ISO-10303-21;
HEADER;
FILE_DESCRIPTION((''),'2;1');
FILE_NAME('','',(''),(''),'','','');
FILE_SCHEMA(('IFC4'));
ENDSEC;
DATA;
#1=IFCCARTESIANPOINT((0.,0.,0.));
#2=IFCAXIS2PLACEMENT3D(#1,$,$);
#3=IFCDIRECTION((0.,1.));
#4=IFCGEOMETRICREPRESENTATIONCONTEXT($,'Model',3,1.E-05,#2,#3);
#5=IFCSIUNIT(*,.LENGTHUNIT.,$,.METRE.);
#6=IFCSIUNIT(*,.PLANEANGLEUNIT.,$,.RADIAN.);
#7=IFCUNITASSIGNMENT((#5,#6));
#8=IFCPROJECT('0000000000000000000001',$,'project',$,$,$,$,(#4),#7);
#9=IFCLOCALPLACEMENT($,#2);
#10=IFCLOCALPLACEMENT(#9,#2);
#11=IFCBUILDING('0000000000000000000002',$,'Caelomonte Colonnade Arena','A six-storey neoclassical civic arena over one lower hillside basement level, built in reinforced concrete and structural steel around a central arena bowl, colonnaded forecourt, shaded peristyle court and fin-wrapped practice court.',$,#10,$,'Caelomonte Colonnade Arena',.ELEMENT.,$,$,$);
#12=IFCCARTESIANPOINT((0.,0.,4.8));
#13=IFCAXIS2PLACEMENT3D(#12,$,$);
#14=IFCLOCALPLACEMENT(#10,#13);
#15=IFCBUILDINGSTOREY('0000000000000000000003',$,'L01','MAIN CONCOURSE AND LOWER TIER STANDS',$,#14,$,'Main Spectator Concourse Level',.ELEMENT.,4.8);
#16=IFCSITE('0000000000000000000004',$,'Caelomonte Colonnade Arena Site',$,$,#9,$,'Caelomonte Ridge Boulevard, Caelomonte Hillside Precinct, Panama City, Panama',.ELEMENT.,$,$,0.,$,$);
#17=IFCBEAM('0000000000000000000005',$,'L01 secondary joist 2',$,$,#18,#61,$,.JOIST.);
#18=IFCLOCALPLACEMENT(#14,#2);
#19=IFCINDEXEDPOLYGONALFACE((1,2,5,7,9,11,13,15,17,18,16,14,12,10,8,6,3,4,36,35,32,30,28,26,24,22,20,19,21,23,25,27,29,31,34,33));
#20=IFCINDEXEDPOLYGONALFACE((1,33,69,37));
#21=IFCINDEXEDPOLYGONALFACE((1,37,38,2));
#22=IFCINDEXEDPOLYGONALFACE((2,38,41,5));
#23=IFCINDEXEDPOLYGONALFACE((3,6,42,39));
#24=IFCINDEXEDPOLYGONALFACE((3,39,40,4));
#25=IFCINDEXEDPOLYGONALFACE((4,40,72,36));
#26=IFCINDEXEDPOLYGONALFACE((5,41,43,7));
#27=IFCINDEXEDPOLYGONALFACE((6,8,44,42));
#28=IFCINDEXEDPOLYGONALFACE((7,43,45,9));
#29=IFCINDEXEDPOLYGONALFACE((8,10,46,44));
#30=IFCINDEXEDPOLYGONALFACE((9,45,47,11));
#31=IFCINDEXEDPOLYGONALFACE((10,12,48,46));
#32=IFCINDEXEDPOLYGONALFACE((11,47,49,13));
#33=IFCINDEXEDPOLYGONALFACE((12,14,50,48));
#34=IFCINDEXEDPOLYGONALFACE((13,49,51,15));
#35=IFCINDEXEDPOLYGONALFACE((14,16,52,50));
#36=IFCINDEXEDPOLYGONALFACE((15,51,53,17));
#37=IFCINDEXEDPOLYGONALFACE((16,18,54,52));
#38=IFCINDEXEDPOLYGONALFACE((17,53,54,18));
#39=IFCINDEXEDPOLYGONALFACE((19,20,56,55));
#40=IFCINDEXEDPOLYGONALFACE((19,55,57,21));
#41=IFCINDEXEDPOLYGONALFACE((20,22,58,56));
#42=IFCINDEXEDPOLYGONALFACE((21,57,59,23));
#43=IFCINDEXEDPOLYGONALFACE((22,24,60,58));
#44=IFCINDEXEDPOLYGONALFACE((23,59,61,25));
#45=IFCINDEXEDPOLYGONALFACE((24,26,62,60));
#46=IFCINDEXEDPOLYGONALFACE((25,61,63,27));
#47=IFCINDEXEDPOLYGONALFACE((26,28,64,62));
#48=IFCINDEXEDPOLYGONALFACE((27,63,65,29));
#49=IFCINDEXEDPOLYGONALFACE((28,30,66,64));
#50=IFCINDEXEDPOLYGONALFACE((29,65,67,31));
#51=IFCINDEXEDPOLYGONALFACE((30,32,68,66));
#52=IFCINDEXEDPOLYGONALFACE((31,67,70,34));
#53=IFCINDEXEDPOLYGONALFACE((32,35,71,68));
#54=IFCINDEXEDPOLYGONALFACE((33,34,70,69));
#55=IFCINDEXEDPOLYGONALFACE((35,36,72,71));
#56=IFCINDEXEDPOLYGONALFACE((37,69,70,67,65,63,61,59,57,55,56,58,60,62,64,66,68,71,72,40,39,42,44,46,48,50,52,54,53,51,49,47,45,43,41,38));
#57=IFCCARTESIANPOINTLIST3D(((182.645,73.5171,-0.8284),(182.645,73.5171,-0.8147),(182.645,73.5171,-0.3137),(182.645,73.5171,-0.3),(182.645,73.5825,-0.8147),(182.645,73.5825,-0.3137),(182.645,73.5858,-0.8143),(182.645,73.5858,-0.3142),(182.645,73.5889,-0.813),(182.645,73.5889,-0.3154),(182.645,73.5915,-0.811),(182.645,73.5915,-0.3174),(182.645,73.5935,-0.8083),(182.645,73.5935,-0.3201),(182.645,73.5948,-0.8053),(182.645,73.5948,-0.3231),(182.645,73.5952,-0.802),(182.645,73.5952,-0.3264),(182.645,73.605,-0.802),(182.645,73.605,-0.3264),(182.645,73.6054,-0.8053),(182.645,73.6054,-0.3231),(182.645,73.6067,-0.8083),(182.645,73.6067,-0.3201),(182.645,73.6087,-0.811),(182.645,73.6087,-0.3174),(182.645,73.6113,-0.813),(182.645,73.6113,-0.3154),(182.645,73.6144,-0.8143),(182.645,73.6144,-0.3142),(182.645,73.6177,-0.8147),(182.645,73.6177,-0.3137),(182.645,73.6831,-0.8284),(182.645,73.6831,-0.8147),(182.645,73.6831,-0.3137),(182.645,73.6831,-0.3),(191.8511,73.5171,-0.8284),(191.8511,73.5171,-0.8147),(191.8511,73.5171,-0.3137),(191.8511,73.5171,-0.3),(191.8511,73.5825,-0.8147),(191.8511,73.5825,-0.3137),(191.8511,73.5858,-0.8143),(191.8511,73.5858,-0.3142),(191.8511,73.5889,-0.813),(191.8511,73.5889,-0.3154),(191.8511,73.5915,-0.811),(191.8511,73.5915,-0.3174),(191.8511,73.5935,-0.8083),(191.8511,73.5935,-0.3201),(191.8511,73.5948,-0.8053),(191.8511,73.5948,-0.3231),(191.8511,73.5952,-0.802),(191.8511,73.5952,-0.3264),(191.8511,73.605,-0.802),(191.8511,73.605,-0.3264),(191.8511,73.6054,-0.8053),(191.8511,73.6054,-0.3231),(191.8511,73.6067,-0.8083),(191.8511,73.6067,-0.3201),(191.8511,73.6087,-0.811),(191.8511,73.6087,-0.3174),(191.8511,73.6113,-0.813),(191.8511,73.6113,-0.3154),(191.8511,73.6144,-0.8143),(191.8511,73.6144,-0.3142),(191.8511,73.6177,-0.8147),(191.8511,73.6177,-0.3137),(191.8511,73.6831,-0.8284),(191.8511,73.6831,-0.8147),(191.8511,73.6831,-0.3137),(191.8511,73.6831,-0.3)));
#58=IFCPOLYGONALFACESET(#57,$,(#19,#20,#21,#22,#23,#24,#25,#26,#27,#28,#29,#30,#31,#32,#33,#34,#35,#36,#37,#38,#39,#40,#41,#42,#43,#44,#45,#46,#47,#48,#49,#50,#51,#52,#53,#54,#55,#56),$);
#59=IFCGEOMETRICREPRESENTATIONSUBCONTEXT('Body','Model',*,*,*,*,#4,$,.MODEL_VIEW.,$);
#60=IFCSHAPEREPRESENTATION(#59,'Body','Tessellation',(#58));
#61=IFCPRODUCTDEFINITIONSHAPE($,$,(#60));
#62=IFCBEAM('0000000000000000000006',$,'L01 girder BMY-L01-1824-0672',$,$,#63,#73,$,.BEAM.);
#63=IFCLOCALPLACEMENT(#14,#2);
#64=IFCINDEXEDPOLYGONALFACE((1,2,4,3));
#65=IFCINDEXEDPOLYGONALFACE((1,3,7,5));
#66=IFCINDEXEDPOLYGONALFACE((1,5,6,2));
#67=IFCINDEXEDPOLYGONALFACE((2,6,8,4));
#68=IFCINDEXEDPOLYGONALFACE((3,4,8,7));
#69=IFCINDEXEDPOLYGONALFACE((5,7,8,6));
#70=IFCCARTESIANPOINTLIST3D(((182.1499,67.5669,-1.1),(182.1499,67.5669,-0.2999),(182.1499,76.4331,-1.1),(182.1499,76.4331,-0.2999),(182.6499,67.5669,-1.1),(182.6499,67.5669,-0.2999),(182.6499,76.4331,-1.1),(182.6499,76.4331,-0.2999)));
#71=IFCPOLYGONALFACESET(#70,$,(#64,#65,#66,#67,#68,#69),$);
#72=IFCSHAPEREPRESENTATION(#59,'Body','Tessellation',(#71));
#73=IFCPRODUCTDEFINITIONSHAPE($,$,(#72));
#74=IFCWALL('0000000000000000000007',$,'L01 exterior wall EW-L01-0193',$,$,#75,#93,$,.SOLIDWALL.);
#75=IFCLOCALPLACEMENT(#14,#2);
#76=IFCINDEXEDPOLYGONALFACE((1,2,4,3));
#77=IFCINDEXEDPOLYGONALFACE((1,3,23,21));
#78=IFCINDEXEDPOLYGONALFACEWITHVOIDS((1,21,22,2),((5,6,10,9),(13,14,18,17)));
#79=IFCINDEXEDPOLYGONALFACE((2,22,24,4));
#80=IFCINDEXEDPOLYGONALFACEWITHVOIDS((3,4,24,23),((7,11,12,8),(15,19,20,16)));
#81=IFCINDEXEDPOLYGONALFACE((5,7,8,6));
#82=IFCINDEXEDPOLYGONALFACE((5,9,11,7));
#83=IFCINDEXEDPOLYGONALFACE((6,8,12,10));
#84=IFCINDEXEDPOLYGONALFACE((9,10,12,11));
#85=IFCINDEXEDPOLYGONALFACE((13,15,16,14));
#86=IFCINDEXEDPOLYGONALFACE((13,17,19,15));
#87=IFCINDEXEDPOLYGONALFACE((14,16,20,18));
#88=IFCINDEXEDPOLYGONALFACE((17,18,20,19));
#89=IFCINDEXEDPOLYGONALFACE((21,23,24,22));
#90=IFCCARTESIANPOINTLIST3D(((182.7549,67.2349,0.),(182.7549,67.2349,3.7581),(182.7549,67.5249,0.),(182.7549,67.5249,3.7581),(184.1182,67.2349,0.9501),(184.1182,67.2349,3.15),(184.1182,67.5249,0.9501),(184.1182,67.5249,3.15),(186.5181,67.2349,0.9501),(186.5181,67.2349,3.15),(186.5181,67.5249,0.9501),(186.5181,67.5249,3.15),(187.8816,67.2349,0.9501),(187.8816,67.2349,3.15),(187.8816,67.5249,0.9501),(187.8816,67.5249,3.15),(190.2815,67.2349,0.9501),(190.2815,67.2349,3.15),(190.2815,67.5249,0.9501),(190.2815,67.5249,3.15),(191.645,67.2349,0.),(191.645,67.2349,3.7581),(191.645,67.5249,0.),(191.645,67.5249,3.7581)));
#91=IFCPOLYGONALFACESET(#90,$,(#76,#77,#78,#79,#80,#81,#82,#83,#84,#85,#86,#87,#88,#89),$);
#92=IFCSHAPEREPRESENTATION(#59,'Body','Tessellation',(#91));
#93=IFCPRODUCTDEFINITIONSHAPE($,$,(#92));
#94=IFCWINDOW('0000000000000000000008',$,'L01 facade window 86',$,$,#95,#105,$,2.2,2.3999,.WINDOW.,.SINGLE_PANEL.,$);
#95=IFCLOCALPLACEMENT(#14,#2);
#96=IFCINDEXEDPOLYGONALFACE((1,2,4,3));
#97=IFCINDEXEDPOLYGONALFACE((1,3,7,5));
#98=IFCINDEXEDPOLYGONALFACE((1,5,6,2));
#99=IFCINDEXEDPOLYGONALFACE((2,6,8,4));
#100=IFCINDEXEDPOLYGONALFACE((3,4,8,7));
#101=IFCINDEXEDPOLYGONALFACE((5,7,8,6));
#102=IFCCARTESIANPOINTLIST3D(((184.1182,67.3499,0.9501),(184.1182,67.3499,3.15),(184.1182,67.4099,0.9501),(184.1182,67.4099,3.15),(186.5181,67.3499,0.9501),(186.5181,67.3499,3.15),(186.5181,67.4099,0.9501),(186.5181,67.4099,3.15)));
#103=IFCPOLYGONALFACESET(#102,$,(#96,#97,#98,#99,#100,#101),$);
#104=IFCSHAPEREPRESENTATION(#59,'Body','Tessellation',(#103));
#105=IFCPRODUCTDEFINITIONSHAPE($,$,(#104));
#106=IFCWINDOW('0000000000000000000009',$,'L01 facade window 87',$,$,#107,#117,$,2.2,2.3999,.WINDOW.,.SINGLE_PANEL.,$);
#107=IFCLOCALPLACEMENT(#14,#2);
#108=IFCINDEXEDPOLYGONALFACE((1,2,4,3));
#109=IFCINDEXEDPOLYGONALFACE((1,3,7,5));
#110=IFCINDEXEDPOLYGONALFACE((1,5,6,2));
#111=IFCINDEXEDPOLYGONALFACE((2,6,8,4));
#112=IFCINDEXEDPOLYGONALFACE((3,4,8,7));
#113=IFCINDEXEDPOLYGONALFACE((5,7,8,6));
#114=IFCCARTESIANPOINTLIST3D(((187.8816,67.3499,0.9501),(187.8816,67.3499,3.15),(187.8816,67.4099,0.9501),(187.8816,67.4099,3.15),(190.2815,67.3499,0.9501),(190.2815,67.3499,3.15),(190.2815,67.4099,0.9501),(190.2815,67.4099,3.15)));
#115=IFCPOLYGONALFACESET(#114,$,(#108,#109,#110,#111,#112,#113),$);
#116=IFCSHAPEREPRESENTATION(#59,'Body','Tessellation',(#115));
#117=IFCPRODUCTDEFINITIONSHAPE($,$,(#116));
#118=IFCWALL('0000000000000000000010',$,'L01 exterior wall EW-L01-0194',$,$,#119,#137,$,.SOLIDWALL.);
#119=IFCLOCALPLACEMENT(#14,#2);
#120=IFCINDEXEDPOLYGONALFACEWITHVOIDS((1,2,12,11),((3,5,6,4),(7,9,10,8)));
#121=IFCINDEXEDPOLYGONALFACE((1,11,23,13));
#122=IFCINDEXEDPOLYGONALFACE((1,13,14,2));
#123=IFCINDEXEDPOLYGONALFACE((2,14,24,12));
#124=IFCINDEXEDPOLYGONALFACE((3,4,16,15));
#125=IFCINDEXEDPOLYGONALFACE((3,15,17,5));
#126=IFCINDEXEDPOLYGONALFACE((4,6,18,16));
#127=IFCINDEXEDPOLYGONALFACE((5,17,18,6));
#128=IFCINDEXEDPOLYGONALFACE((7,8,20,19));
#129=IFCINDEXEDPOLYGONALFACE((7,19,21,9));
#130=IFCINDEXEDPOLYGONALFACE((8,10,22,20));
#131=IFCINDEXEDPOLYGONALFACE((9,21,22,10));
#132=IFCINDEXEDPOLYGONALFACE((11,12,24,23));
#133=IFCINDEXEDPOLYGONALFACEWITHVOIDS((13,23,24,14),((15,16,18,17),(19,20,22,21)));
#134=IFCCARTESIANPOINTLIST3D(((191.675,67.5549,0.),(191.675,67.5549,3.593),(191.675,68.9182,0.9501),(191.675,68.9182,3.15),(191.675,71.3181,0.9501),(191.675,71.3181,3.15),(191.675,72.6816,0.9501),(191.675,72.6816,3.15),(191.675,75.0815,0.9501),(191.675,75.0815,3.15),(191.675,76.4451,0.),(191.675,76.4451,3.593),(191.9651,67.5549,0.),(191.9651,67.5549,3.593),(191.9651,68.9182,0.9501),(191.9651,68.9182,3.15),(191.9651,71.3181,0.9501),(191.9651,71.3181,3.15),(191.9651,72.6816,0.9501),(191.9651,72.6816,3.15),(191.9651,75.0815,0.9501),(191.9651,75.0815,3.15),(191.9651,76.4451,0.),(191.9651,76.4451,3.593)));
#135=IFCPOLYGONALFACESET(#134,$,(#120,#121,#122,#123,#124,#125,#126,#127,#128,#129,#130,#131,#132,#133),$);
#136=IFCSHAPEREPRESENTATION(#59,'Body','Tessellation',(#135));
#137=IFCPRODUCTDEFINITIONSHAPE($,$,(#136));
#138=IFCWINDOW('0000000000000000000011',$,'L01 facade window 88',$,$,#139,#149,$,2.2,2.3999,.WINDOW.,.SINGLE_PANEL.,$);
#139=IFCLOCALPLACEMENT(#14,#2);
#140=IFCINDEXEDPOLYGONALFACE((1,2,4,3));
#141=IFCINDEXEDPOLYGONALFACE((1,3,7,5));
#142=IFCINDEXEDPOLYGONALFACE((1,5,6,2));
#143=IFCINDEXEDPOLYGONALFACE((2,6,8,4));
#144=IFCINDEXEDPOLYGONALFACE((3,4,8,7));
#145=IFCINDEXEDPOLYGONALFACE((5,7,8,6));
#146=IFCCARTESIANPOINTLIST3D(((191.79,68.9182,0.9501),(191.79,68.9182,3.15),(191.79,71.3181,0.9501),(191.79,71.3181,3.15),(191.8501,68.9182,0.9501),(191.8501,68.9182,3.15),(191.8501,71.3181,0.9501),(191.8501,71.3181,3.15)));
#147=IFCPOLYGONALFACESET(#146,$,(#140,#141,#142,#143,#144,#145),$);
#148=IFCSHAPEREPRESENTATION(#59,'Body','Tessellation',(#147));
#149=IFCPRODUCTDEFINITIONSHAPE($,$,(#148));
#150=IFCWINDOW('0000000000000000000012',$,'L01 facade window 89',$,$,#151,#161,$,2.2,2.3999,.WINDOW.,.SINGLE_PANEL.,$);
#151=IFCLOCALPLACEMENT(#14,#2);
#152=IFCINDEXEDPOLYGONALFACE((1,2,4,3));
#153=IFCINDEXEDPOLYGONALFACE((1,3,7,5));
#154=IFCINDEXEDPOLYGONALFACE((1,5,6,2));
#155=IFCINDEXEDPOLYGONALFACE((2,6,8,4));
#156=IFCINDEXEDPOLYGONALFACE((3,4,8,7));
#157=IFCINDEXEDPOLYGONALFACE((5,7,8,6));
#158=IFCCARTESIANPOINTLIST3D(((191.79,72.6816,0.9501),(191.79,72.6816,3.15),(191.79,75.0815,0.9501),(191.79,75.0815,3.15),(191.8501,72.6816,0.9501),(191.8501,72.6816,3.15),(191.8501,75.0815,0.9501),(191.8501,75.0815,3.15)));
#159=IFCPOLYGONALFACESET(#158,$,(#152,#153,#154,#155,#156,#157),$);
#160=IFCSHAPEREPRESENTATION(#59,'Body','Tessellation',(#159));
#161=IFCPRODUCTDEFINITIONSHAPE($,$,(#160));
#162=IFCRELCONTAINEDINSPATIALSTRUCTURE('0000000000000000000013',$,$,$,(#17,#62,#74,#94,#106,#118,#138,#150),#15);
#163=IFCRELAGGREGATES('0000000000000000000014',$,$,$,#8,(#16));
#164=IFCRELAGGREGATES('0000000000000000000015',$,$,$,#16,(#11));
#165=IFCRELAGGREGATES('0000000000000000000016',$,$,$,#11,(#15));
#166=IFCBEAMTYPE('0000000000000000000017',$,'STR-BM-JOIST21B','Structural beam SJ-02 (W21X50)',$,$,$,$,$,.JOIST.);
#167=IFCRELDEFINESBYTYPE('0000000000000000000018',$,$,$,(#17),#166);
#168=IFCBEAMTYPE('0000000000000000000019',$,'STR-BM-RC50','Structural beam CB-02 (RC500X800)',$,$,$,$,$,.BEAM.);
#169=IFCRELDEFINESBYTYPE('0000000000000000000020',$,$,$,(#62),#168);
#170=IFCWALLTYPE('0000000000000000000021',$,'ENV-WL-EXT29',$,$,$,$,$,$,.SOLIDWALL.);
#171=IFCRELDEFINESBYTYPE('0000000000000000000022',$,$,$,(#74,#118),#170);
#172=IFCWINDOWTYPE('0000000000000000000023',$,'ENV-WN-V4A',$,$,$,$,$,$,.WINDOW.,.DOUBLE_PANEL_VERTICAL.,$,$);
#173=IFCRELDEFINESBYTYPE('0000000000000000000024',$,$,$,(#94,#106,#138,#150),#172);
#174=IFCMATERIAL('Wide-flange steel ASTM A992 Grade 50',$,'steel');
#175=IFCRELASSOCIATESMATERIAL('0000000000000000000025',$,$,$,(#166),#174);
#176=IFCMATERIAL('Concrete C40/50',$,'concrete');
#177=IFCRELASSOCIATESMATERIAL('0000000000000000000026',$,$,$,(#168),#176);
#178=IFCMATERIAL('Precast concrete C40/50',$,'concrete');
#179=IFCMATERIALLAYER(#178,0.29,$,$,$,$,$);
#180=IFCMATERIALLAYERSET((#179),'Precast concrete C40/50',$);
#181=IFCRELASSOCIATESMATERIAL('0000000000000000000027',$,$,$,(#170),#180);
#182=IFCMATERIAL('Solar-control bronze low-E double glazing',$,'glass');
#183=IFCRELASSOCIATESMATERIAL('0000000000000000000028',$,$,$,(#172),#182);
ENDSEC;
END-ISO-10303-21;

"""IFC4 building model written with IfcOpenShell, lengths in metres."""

from ifc_helpers import new_model, si_unit, direction, frame, frame_2d, origin, origin_2d, place, context, subcontext, project, spatial, rectangle, i_section, extrude, material, layer, layer_set, material_profile, profile_set, type_object, element, fill, save


model = new_model("IFC4")

# Units and contexts
model_context = context("Model", 3, precision=1e-05, world=origin(), true_north=direction((0.0, 1.0)))
body_context = subcontext(model_context, "Body", "Model", "MODEL_VIEW")
ifc_project = project(units=[si_unit("LENGTHUNIT", "METRE"), si_unit("PLANEANGLEUNIT", "RADIAN")], contexts=[model_context])

# Site, building, storey
site_placement = place(None, origin())
site = spatial("IfcSite", under=ifc_project, at=site_placement, Name="Caelomonte Colonnade Arena Site", LongName="Caelomonte Ridge Boulevard, Caelomonte Hillside Precinct, Panama City, Panama", CompositionType="ELEMENT", RefElevation=0.0)
building_placement = place(site_placement, origin())
building = spatial("IfcBuilding", under=site, at=building_placement, Name="Caelomonte Colonnade Arena", Description="A six-storey neoclassical civic arena over one lower hillside basement level, built in reinforced concrete and structural steel around a central arena bowl, colonnaded forecourt, shaded peristyle court and fin-wrapped practice court.", LongName="Caelomonte Colonnade Arena", CompositionType="ELEMENT")
storey_placement = place(building_placement, frame((0.0, 0.0, 4.8)))
storey = spatial("IfcBuildingStorey", under=building, at=storey_placement, Name="L01", Description="MAIN CONCOURSE AND LOWER TIER STANDS", LongName="Main Spectator Concourse Level", CompositionType="ELEMENT", Elevation=4.8)

# Shared definitions
ifc_material_1 = material(Name="Concrete C40/50", Category="concrete")

# Beams
ifc_material_2 = material(Name="Wide-flange steel ASTM A992 Grade 50", Category="steel")
ifc_material_profile_1 = material_profile(ifc_material_2, i_section(OverallWidth=0.166, OverallDepth=0.5283, WebThickness=0.0098, FlangeThickness=0.0137, FilletRadius=0.0127, at=origin_2d()), Name="W21X50")
ifc_profile_set_1 = profile_set([ifc_material_profile_1], Name="Wide-flange steel ASTM A992 Grade 50")
beam_type_1 = type_object("IfcBeamType", Name="STR-BM-JOIST21B", Description="Structural beam SJ-02 (W21X50)", PredefinedType="JOIST", material=ifc_profile_set_1)
for number, where, z_axis, x_axis, name in (
    (1, (182.645, 73.6001, -0.5642), (1.0, 0.0, 0.0), (0.0, 1.0, 0.0), "L01 secondary joist 2"),
):
    element("IfcBeam", number, at=place(storey_placement, frame(where, z_axis=z_axis, x_axis=x_axis)), inside=storey, type_object=beam_type_1, Name=name, PredefinedType="JOIST", context=body_context, shape_type="SweptSolid", body=[
        extrude(i_section(OverallWidth=0.166, OverallDepth=0.5283, WebThickness=0.0098, FlangeThickness=0.0137, FilletRadius=0.0127, at=origin_2d()), origin(), (0.0, 0.0, 1.0), 9.2061),
    ])
ifc_material_profile_2 = material_profile(ifc_material_1, rectangle(XDim=0.5, YDim=0.8, at=origin_2d()), Name="RC500X800")
ifc_profile_set_2 = profile_set([ifc_material_profile_2], Name="Concrete C40/50")
beam_type_2 = type_object("IfcBeamType", Name="STR-BM-RC50", Description="Structural beam CB-02 (RC500X800)", PredefinedType="BEAM", material=ifc_profile_set_2)
beam_1_placement = place(storey_placement, frame((182.3999, 67.5669, -0.7), z_axis=(0.0, 1.0, 0.0), x_axis=(-1.0, 0.0, 0.0)))
element("IfcBeam", 2, at=beam_1_placement, inside=storey, type_object=beam_type_2, Name="L01 girder BMY-L01-1824-0672", PredefinedType="BEAM", context=body_context, shape_type="SweptSolid", body=[
    extrude(rectangle(XDim=0.5, YDim=0.8, at=origin_2d()), origin(), (0.0, 0.0, 1.0), 8.8662),
])

# Walls, openings, windows
ifc_material_3 = material(Name="Precast concrete C40/50", Category="concrete")
ifc_layer = layer(ifc_material_3, 0.29)
ifc_layer_set = layer_set([ifc_layer], Name="Precast concrete C40/50")
wall_type = type_object("IfcWallType", Name="ENV-WL-EXT29", PredefinedType="SOLIDWALL", material=ifc_layer_set)
wall_1_placement = place(storey_placement, frame((182.7549, 67.3799, 0.0), z_axis=(0.0, 0.0, 1.0), x_axis=(1.0, 0.0, 0.0)))
wall_1 = element("IfcWall", 3, at=wall_1_placement, inside=storey, type_object=wall_type, Name="L01 exterior wall EW-L01-0193", PredefinedType="SOLIDWALL", context=body_context, shape_type="SweptSolid", body=[
    extrude(rectangle(XDim=8.8901, YDim=0.29, at=frame_2d((4.4451, 0.0))), origin(), (0.0, 0.0, 1.0), 3.7581),
])
opening_1_placement = place(wall_1_placement, frame((3.7632, 0.0, 0.95), z_axis=(0.0, 0.0, 1.0), x_axis=(-1.0, 0.0, 0.0)))
opening_1 = element("IfcOpeningElement", 4, at=opening_1_placement, cuts=wall_1, PredefinedType="OPENING", context=body_context, shape_type="SweptSolid", body=[
    extrude(rectangle(XDim=2.3999, YDim=2.2, at=frame_2d((1.2, 1.1001))), frame((0.0, 0.155, 0.0), z_axis=(0.0, -1.0, 0.0), x_axis=(1.0, 0.0, 0.0)), (0.0, 0.0, 1.0), 0.3101),
])
opening_2_placement = place(wall_1_placement, frame((7.5266, 0.0, 0.95), z_axis=(0.0, 0.0, 1.0), x_axis=(-1.0, 0.0, 0.0)))
opening_2 = element("IfcOpeningElement", 5, at=opening_2_placement, cuts=wall_1, PredefinedType="OPENING", context=body_context, shape_type="SweptSolid", body=[
    extrude(rectangle(XDim=2.3999, YDim=2.2, at=frame_2d((1.2, 1.1001))), frame((0.0, 0.155, 0.0), z_axis=(0.0, -1.0, 0.0), x_axis=(1.0, 0.0, 0.0)), (0.0, 0.0, 1.0), 0.3101),
])
ifc_material_4 = material(Name="Solar-control bronze low-E double glazing", Category="glass")
window_type = type_object("IfcWindowType", Name="ENV-WN-V4A", PartitioningType="DOUBLE_PANEL_VERTICAL", PredefinedType="WINDOW", material=ifc_material_4)
window_1_placement = place(opening_1_placement, origin())
window_1 = element("IfcWindow", 6, at=window_1_placement, inside=storey, type_object=window_type, Name="L01 facade window 86", OverallHeight=2.2, OverallWidth=2.3999, PartitioningType="SINGLE_PANEL", PredefinedType="WINDOW", context=body_context, shape_type="SweptSolid", body=[
    extrude(rectangle(XDim=2.3999, YDim=2.2, at=frame_2d((1.2, 1.1001))), frame((0.0, 0.03, 0.0), z_axis=(0.0, -1.0, 0.0), x_axis=(1.0, 0.0, 0.0)), (0.0, 0.0, 1.0), 0.0601),
])
fill(opening_1, window_1)
window_2_placement = place(opening_2_placement, origin())
window_2 = element("IfcWindow", 7, at=window_2_placement, inside=storey, type_object=window_type, Name="L01 facade window 87", OverallHeight=2.2, OverallWidth=2.3999, PartitioningType="SINGLE_PANEL", PredefinedType="WINDOW", context=body_context, shape_type="SweptSolid", body=[
    extrude(rectangle(XDim=2.3999, YDim=2.2, at=frame_2d((1.2, 1.1001))), frame((0.0, 0.03, 0.0), z_axis=(0.0, -1.0, 0.0), x_axis=(1.0, 0.0, 0.0)), (0.0, 0.0, 1.0), 0.0601),
])
fill(opening_2, window_2)
wall_2_placement = place(storey_placement, frame((191.8201, 67.5549, 0.0), z_axis=(0.0, 0.0, 1.0), x_axis=(0.0, 1.0, 0.0)))
wall_2 = element("IfcWall", 8, at=wall_2_placement, inside=storey, type_object=wall_type, Name="L01 exterior wall EW-L01-0194", PredefinedType="SOLIDWALL", context=body_context, shape_type="SweptSolid", body=[
    extrude(rectangle(XDim=8.8901, YDim=0.29, at=frame_2d((4.4451, 0.0))), origin(), (0.0, 0.0, 1.0), 3.593),
])
opening_3_placement = place(wall_2_placement, frame((3.7632, 0.0, 0.95), z_axis=(0.0, 0.0, 1.0), x_axis=(-1.0, 0.0, 0.0)))
opening_3 = element("IfcOpeningElement", 9, at=opening_3_placement, cuts=wall_2, PredefinedType="OPENING", context=body_context, shape_type="SweptSolid", body=[
    extrude(rectangle(XDim=2.3999, YDim=2.2, at=frame_2d((1.2, 1.1001))), frame((0.0, 0.155, 0.0), z_axis=(0.0, -1.0, 0.0), x_axis=(1.0, 0.0, 0.0)), (0.0, 0.0, 1.0), 0.3101),
])
opening_4_placement = place(wall_2_placement, frame((7.5266, 0.0, 0.95), z_axis=(0.0, 0.0, 1.0), x_axis=(-1.0, 0.0, 0.0)))
opening_4 = element("IfcOpeningElement", 10, at=opening_4_placement, cuts=wall_2, PredefinedType="OPENING", context=body_context, shape_type="SweptSolid", body=[
    extrude(rectangle(XDim=2.3999, YDim=2.2, at=frame_2d((1.2, 1.1001))), frame((0.0, 0.155, 0.0), z_axis=(0.0, -1.0, 0.0), x_axis=(1.0, 0.0, 0.0)), (0.0, 0.0, 1.0), 0.3101),
])
window_3_placement = place(opening_3_placement, origin())
window_3 = element("IfcWindow", 11, at=window_3_placement, inside=storey, type_object=window_type, Name="L01 facade window 88", OverallHeight=2.2, OverallWidth=2.3999, PartitioningType="SINGLE_PANEL", PredefinedType="WINDOW", context=body_context, shape_type="SweptSolid", body=[
    extrude(rectangle(XDim=2.3999, YDim=2.2, at=frame_2d((1.2, 1.1001))), frame((0.0, 0.03, 0.0), z_axis=(0.0, -1.0, 0.0), x_axis=(1.0, 0.0, 0.0)), (0.0, 0.0, 1.0), 0.0601),
])
fill(opening_3, window_3)
window_4_placement = place(opening_4_placement, origin())
window_4 = element("IfcWindow", 12, at=window_4_placement, inside=storey, type_object=window_type, Name="L01 facade window 89", OverallHeight=2.2, OverallWidth=2.3999, PartitioningType="SINGLE_PANEL", PredefinedType="WINDOW", context=body_context, shape_type="SweptSolid", body=[
    extrude(rectangle(XDim=2.3999, YDim=2.2, at=frame_2d((1.2, 1.1001))), frame((0.0, 0.03, 0.0), z_axis=(0.0, -1.0, 0.0), x_axis=(1.0, 0.0, 0.0)), (0.0, 0.0, 1.0), 0.0601),
])
fill(opening_4, window_4)

save(model, "model.ifc")
